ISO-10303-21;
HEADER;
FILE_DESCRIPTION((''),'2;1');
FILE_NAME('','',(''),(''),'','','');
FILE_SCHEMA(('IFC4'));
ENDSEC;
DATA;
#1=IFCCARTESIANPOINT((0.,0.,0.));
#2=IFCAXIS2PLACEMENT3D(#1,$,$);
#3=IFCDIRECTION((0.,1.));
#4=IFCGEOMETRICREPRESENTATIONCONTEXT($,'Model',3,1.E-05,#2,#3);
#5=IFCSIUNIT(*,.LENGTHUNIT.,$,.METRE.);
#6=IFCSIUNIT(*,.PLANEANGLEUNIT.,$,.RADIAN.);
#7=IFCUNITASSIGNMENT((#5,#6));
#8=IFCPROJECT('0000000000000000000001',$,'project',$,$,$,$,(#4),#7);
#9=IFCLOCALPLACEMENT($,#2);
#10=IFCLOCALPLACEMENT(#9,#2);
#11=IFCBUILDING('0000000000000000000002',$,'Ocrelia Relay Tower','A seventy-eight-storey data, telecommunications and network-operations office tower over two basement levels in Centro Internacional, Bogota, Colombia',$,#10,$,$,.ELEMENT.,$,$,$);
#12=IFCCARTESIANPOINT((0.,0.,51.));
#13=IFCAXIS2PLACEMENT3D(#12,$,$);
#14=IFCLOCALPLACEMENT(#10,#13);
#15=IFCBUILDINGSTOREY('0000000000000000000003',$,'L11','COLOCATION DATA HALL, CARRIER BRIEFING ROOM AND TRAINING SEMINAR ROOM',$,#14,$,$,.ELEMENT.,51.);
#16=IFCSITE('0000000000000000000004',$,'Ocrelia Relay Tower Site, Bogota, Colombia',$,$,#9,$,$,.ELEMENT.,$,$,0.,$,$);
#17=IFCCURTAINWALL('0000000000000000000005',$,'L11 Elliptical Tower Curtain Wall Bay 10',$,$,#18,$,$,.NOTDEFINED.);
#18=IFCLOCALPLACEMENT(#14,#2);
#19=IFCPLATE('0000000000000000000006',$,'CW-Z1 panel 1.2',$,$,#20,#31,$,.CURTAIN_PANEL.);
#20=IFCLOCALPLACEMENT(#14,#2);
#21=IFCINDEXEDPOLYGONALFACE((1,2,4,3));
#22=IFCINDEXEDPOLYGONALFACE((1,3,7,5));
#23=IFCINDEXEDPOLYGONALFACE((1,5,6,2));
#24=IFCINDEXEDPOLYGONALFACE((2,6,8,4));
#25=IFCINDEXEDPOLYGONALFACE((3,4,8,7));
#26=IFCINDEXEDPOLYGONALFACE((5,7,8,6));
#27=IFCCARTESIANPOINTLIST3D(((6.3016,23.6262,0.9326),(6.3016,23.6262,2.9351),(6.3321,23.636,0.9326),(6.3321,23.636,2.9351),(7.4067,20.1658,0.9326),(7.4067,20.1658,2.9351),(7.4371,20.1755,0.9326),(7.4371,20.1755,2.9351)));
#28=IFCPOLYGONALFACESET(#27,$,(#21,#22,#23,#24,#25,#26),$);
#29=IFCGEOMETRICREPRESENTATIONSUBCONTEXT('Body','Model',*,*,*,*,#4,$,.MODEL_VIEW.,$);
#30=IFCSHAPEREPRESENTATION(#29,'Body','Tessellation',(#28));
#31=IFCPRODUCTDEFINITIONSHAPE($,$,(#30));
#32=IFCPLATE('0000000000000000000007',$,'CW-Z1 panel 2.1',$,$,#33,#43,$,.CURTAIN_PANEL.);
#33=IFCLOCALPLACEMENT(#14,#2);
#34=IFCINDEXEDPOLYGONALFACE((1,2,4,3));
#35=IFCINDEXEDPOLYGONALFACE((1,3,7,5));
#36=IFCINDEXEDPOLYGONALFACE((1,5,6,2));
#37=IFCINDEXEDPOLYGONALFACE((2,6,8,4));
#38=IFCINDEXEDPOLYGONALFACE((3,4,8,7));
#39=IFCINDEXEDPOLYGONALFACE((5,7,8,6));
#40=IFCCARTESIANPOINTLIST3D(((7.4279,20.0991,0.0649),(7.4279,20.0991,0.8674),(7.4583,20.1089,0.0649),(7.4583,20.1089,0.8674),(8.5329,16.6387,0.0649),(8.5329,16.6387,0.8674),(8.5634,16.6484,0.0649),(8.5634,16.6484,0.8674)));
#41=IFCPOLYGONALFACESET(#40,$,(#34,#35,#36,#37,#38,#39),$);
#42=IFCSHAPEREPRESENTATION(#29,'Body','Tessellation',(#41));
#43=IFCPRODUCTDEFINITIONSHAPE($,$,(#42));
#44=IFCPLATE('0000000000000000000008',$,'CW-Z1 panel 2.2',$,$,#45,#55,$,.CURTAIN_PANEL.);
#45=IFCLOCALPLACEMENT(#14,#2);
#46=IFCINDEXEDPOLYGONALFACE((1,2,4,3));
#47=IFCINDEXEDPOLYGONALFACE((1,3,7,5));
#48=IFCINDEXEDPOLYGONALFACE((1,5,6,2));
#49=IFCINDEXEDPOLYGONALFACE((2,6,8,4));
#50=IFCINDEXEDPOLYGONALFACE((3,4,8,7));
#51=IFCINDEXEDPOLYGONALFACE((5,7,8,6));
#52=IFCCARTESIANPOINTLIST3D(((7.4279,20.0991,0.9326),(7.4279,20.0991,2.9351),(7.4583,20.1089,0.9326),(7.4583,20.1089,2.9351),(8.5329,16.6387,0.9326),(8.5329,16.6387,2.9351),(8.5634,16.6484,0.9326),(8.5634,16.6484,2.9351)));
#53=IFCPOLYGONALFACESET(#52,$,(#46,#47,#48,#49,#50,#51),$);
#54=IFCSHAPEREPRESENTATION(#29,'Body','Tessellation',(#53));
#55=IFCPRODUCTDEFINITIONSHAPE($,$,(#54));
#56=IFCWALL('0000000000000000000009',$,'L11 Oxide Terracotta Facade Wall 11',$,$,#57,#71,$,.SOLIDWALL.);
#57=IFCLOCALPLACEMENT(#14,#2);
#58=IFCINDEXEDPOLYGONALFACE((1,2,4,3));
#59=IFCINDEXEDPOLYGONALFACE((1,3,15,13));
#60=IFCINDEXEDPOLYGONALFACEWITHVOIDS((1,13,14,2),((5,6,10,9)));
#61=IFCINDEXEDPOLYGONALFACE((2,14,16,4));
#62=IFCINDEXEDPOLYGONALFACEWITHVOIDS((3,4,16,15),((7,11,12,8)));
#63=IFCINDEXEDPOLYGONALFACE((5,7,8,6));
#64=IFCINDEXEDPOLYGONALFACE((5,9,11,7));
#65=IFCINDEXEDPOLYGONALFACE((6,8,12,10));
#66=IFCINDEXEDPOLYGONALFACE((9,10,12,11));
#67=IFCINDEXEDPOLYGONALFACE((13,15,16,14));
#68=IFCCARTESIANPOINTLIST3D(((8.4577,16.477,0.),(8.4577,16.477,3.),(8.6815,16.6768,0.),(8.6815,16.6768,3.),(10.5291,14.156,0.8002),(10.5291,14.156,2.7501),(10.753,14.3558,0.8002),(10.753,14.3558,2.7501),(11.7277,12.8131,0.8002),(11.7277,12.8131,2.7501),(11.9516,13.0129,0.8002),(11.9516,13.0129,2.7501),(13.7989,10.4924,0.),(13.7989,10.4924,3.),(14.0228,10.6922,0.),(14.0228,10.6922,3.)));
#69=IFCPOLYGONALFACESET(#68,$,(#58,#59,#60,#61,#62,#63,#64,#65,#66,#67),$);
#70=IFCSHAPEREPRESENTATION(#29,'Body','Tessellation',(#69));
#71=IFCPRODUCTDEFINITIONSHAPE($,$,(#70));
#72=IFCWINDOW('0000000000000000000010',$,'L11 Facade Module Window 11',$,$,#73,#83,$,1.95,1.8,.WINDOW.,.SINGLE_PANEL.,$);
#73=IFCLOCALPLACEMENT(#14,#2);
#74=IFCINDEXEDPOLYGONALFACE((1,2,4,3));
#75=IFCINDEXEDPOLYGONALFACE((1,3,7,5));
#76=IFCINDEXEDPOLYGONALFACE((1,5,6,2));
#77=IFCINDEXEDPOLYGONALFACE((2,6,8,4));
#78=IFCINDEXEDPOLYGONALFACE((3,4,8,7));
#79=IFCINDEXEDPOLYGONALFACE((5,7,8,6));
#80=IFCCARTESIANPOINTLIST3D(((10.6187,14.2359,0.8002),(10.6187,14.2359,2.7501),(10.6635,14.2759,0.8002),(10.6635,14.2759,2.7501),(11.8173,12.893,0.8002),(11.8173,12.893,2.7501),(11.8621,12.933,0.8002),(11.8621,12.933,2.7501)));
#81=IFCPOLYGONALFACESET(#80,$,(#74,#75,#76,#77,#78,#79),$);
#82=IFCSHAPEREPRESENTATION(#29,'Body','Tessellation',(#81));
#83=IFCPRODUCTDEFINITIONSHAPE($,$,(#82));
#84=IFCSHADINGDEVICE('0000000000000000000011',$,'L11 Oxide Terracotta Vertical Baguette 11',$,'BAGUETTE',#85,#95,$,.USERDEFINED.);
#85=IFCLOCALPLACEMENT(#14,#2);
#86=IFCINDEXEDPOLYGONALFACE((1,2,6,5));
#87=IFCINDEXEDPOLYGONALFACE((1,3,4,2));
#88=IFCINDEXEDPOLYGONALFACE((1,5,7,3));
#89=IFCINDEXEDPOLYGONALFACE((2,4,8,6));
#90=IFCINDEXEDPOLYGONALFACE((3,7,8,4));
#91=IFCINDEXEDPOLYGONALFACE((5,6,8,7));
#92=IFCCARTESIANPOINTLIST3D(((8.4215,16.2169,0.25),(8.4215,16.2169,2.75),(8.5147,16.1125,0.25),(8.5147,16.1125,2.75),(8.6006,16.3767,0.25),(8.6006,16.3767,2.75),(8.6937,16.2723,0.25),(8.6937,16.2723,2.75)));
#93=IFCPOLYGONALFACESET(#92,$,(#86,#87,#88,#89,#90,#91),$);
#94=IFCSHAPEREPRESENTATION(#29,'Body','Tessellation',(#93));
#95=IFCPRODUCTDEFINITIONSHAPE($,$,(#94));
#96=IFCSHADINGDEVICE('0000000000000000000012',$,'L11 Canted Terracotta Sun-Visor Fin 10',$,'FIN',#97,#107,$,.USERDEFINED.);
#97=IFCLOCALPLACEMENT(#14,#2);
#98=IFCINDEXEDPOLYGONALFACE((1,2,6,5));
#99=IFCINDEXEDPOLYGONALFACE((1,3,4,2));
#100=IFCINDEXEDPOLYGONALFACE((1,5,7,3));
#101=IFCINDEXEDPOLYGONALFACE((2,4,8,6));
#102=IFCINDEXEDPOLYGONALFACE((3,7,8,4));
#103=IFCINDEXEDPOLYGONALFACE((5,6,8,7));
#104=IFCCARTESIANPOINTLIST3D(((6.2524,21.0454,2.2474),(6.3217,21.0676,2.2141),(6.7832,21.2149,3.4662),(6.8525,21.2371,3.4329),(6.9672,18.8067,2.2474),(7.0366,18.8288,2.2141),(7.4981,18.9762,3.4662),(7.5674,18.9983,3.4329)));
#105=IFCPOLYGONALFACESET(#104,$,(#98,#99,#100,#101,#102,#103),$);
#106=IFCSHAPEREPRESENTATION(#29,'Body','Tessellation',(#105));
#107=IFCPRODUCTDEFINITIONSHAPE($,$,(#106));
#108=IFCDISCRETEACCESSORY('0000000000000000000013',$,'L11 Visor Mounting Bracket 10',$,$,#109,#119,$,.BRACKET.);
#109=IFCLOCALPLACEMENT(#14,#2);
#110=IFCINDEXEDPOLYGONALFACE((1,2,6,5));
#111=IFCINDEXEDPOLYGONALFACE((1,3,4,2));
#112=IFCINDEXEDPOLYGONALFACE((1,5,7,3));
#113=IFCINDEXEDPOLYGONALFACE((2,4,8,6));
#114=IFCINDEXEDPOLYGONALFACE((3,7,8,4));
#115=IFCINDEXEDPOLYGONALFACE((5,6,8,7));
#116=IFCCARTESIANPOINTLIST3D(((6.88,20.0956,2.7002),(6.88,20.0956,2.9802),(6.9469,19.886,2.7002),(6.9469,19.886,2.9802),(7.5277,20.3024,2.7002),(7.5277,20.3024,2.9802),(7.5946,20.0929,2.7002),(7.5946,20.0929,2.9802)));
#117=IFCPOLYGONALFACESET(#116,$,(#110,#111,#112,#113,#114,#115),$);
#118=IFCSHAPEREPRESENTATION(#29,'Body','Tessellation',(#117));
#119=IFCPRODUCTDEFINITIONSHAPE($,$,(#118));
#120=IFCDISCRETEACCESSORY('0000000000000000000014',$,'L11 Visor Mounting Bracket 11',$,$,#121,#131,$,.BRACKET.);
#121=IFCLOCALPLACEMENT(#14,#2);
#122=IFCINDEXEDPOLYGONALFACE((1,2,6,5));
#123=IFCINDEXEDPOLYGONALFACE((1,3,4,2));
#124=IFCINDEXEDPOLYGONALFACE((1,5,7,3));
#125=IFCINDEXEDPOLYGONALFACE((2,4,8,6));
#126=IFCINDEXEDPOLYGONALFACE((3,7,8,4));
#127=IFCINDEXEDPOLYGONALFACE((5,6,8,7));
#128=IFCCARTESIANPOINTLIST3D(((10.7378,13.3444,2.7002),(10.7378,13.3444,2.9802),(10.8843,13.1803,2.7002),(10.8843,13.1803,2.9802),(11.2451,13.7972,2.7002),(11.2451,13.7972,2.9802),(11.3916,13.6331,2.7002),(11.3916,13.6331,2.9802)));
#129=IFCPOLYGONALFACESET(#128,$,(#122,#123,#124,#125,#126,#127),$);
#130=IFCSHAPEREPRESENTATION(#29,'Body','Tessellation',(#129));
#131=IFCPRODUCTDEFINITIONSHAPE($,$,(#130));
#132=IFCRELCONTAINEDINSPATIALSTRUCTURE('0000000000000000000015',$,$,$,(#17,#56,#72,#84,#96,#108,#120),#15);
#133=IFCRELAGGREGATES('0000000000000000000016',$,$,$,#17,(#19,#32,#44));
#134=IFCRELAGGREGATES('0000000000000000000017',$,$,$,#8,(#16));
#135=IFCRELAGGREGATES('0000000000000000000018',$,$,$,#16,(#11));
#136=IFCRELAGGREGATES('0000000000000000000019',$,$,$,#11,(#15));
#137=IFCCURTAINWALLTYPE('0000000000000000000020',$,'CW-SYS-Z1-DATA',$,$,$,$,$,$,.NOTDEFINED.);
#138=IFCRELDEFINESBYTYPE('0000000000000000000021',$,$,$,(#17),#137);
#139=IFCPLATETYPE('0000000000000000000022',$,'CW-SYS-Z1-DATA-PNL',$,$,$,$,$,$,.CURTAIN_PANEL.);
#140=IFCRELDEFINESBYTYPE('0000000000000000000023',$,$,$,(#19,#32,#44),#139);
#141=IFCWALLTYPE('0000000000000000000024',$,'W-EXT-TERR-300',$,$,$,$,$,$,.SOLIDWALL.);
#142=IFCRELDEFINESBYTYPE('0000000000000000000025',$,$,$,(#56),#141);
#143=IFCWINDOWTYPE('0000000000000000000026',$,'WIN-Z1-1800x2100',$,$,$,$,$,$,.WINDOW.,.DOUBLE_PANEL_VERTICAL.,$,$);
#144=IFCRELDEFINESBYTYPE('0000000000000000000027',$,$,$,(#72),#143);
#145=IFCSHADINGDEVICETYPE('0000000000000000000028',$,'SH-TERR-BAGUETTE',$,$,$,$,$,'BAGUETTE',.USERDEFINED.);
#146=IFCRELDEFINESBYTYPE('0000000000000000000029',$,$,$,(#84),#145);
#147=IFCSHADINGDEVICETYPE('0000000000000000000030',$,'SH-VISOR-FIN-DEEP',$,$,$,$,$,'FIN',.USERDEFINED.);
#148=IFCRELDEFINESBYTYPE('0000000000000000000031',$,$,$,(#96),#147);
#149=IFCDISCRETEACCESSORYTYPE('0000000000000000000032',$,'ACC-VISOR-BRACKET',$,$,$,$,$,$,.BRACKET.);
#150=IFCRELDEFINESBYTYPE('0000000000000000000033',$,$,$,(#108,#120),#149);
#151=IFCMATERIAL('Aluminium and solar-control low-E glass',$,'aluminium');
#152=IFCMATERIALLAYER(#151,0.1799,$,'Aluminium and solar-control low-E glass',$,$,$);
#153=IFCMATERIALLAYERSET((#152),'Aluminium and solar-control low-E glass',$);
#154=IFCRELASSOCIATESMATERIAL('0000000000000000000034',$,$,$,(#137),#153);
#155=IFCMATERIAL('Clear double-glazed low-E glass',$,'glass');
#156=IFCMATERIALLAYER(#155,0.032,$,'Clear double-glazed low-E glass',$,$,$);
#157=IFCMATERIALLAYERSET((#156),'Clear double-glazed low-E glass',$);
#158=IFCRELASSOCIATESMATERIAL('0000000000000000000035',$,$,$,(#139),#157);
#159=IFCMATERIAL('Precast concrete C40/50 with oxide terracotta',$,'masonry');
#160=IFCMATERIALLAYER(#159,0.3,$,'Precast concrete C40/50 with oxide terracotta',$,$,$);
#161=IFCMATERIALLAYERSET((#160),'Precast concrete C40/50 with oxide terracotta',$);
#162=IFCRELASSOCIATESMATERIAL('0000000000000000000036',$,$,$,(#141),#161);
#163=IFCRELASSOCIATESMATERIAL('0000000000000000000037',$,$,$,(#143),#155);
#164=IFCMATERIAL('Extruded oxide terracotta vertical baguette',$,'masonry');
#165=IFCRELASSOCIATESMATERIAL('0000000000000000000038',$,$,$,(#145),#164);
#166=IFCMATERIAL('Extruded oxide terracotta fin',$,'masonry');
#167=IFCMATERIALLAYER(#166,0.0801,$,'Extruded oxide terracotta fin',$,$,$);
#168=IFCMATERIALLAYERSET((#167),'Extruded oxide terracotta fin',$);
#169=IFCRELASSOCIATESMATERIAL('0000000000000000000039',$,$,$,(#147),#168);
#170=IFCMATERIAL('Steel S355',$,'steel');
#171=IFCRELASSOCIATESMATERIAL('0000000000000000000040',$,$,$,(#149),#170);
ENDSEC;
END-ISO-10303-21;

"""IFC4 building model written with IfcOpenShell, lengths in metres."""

from ifc_helpers import new_model, si_unit, direction, frame, frame_2d, origin, origin_2d, place, context, subcontext, project, spatial, rectangle, extrude, material, layer, layer_set, type_object, element, fill, aggregate, save


model = new_model("IFC4")

# Units and contexts
model_context = context("Model", 3, precision=1e-05, world=origin(), true_north=direction((0.0, 1.0)))
body_context = subcontext(model_context, "Body", "Model", "MODEL_VIEW")
ifc_project = project(units=[si_unit("LENGTHUNIT", "METRE"), si_unit("PLANEANGLEUNIT", "RADIAN")], contexts=[model_context])

# Site, building, storey
site_placement = place(None, origin())
site = spatial("IfcSite", under=ifc_project, at=site_placement, Name="Ocrelia Relay Tower Site, Bogota, Colombia", CompositionType="ELEMENT", RefElevation=0.0)
building_placement = place(site_placement, origin())
building = spatial("IfcBuilding", under=site, at=building_placement, Name="Ocrelia Relay Tower", Description="A seventy-eight-storey data, telecommunications and network-operations office tower over two basement levels in Centro Internacional, Bogota, Colombia", CompositionType="ELEMENT")
storey_placement = place(building_placement, frame((0.0, 0.0, 51.0)))
storey = spatial("IfcBuildingStorey", under=building, at=storey_placement, Name="L11", Description="COLOCATION DATA HALL, CARRIER BRIEFING ROOM AND TRAINING SEMINAR ROOM", CompositionType="ELEMENT", Elevation=51.0)

# Shared definitions
ifc_material_1 = material(Name="Aluminium and solar-control low-E glass", Category="aluminium")
ifc_layer_1 = layer(ifc_material_1, 0.1799, Name="Aluminium and solar-control low-E glass")
ifc_layer_set_1 = layer_set([ifc_layer_1], Name="Aluminium and solar-control low-E glass")
curtain_wall_type = type_object("IfcCurtainWallType", Name="CW-SYS-Z1-DATA", PredefinedType="NOTDEFINED", material=ifc_layer_set_1)

# Curtain wall, plates
curtain_wall_1_placement = place(storey_placement, origin())
curtain_wall_1 = element("IfcCurtainWall", 1, at=curtain_wall_1_placement, inside=storey, type_object=curtain_wall_type, Name="L11 Elliptical Tower Curtain Wall Bay 10", PredefinedType="NOTDEFINED")
ifc_material_2 = material(Name="Clear double-glazed low-E glass", Category="glass")
ifc_layer_2 = layer(ifc_material_2, 0.032, Name="Clear double-glazed low-E glass")
ifc_layer_set_2 = layer_set([ifc_layer_2], Name="Clear double-glazed low-E glass")
plate_type = type_object("IfcPlateType", Name="CW-SYS-Z1-DATA-PNL", PredefinedType="CURTAIN_PANEL", material=ifc_layer_set_2)
plate_1_placement = place(storey_placement, frame((6.8694, 21.9009, 0.9326), z_axis=(0.0, 0.0, 1.0), x_axis=(0.304199, -0.952608, 0.0)))
plate_1 = element("IfcPlate", 2, at=plate_1_placement, type_object=plate_type, Name="CW-Z1 panel 1.2", PredefinedType="CURTAIN_PANEL", context=body_context, shape_type="SweptSolid", body=[
    extrude(rectangle(XDim=3.6326, YDim=0.032, at=origin_2d()), origin(), (0.0, 0.0, 1.0), 2.0024),
])
plate_2_placement = place(storey_placement, frame((7.9956, 18.3738, 0.0649), z_axis=(0.0, 0.0, 1.0), x_axis=(0.304199, -0.952608, 0.0)))
plate_2 = element("IfcPlate", 3, at=plate_2_placement, type_object=plate_type, Name="CW-Z1 panel 2.1", PredefinedType="CURTAIN_PANEL", context=body_context, shape_type="SweptSolid", body=[
    extrude(rectangle(XDim=3.6326, YDim=0.032, at=origin_2d()), origin(), (0.0, 0.0, 1.0), 0.8025),
])
plate_3_placement = place(storey_placement, frame((7.9956, 18.3738, 0.9326), z_axis=(0.0, 0.0, 1.0), x_axis=(0.304199, -0.952608, 0.0)))
plate_3 = element("IfcPlate", 4, at=plate_3_placement, type_object=plate_type, Name="CW-Z1 panel 2.2", PredefinedType="CURTAIN_PANEL", context=body_context, shape_type="SweptSolid", body=[
    extrude(rectangle(XDim=3.6326, YDim=0.032, at=origin_2d()), origin(), (0.0, 0.0, 1.0), 2.0024),
])
aggregate(curtain_wall_1, [plate_1, plate_2, plate_3])

# Wall, opening, window
ifc_material_3 = material(Name="Precast concrete C40/50 with oxide terracotta", Category="masonry")
ifc_layer_3 = layer(ifc_material_3, 0.3, Name="Precast concrete C40/50 with oxide terracotta")
ifc_layer_set_3 = layer_set([ifc_layer_3], Name="Precast concrete C40/50 with oxide terracotta")
wall_type = type_object("IfcWallType", Name="W-EXT-TERR-300", PredefinedType="SOLIDWALL", material=ifc_layer_set_3)
wall_placement = place(storey_placement, frame((8.5696, 16.5769, 0.0), z_axis=(0.0, 0.0, 1.0), x_axis=(0.66587, -0.746068, 0.0)))
wall = element("IfcWall", 5, at=wall_placement, inside=storey, type_object=wall_type, Name="L11 Oxide Terracotta Facade Wall 11", PredefinedType="SOLIDWALL", context=body_context, shape_type="SweptSolid", body=[
    extrude(rectangle(XDim=8.0215, YDim=0.3, at=frame_2d((4.0107, 0.0))), origin(), (0.0, 0.0, 1.0), 3.0),
])
opening_placement = place(wall_placement, frame((3.1111, 0.0, 0.8)))
opening = element("IfcOpeningElement", 6, at=opening_placement, cuts=wall, PredefinedType="OPENING", context=body_context, shape_type="SweptSolid", body=[
    extrude(rectangle(XDim=1.8, YDim=1.95, at=frame_2d((0.8999, 0.9751))), frame((0.0, 0.1602, 0.0), z_axis=(0.0, -1.0, 0.0), x_axis=(1.0, 0.0, 0.0)), (0.0, 0.0, 1.0), 0.3201),
])
window_type = type_object("IfcWindowType", Name="WIN-Z1-1800x2100", PartitioningType="DOUBLE_PANEL_VERTICAL", PredefinedType="WINDOW", material=ifc_material_2)
window_placement = place(opening_placement, origin())
window = element("IfcWindow", 7, at=window_placement, inside=storey, type_object=window_type, Name="L11 Facade Module Window 11", OverallHeight=1.95, OverallWidth=1.8, PartitioningType="SINGLE_PANEL", PredefinedType="WINDOW", context=body_context, shape_type="SweptSolid", body=[
    extrude(rectangle(XDim=1.8, YDim=1.95, at=frame_2d((0.8999, 0.9751))), frame((0.0, 0.03, 0.0), z_axis=(0.0, -1.0, 0.0), x_axis=(1.0, 0.0, 0.0)), (0.0, 0.0, 1.0), 0.0601),
])
fill(opening, window)

# Shading devices
ifc_material_4 = material(Name="Extruded oxide terracotta vertical baguette", Category="masonry")
shading_device_type_1 = type_object("IfcShadingDeviceType", Name="SH-TERR-BAGUETTE", ElementType="BAGUETTE", PredefinedType="USERDEFINED", material=ifc_material_4)
shading_device_1_placement = place(storey_placement, frame((8.5576, 16.2446, 0.25), z_axis=(0.0, 0.0, 1.0), x_axis=(0.665878, -0.746061, 0.0)))
element("IfcShadingDevice", 8, at=shading_device_1_placement, inside=storey, type_object=shading_device_type_1, Name="L11 Oxide Terracotta Vertical Baguette 11", ObjectType="BAGUETTE", PredefinedType="USERDEFINED", context=body_context, shape_type="SweptSolid", body=[
    extrude(rectangle(XDim=0.1399, YDim=0.24, at=origin_2d()), origin(), (0.0, 0.0, 1.0), 2.5),
])
ifc_material_5 = material(Name="Extruded oxide terracotta fin", Category="masonry")
ifc_layer_4 = layer(ifc_material_5, 0.0801, Name="Extruded oxide terracotta fin")
ifc_layer_set_4 = layer_set([ifc_layer_4], Name="Extruded oxide terracotta fin")
shading_device_type_2 = type_object("IfcShadingDeviceType", Name="SH-VISOR-FIN-DEEP", ElementType="FIN", PredefinedType="USERDEFINED", material=ifc_layer_set_4)
shading_device_2_placement = place(storey_placement, frame((6.9446, 20.033, 2.8235), z_axis=(-0.866354, -0.276655, 0.415805), x_axis=(0.304199, -0.952608, 0.0)))
element("IfcShadingDevice", 9, at=shading_device_2_placement, inside=storey, type_object=shading_device_type_2, Name="L11 Canted Terracotta Sun-Visor Fin 10", ObjectType="FIN", PredefinedType="USERDEFINED", context=body_context, shape_type="SweptSolid", body=[
    extrude(rectangle(XDim=2.3501, YDim=1.3401, at=origin_2d()), origin(), (0.0, 0.0, 1.0), 0.0801),
])

# Discrete accessories
ifc_material_6 = material(Name="Steel S355", Category="steel")
discrete_accessory_type = type_object("IfcDiscreteAccessoryType", Name="ACC-VISOR-BRACKET", PredefinedType="BRACKET", material=ifc_material_6)
for number, where, z_axis, x_axis, name in (
    (10, (7.2373, 20.0942, 2.7002), (0.0, 0.0, 1.0), (0.304199, -0.952608, 0.0), "L11 Visor Mounting Bracket 10"),
    (11, (11.0647, 13.4888, 2.7002), (0.0, 0.0, 1.0), (0.665878, -0.746061, 0.0), "L11 Visor Mounting Bracket 11"),
):
    element("IfcDiscreteAccessory", number, at=place(storey_placement, frame(where, z_axis=z_axis, x_axis=x_axis)), inside=storey, type_object=discrete_accessory_type, Name=name, PredefinedType="BRACKET", context=body_context, shape_type="SweptSolid", body=[
        extrude(rectangle(XDim=0.22, YDim=0.6799, at=origin_2d()), origin(), (0.0, 0.0, 1.0), 0.28),
    ])

save(model, "model.ifc")
